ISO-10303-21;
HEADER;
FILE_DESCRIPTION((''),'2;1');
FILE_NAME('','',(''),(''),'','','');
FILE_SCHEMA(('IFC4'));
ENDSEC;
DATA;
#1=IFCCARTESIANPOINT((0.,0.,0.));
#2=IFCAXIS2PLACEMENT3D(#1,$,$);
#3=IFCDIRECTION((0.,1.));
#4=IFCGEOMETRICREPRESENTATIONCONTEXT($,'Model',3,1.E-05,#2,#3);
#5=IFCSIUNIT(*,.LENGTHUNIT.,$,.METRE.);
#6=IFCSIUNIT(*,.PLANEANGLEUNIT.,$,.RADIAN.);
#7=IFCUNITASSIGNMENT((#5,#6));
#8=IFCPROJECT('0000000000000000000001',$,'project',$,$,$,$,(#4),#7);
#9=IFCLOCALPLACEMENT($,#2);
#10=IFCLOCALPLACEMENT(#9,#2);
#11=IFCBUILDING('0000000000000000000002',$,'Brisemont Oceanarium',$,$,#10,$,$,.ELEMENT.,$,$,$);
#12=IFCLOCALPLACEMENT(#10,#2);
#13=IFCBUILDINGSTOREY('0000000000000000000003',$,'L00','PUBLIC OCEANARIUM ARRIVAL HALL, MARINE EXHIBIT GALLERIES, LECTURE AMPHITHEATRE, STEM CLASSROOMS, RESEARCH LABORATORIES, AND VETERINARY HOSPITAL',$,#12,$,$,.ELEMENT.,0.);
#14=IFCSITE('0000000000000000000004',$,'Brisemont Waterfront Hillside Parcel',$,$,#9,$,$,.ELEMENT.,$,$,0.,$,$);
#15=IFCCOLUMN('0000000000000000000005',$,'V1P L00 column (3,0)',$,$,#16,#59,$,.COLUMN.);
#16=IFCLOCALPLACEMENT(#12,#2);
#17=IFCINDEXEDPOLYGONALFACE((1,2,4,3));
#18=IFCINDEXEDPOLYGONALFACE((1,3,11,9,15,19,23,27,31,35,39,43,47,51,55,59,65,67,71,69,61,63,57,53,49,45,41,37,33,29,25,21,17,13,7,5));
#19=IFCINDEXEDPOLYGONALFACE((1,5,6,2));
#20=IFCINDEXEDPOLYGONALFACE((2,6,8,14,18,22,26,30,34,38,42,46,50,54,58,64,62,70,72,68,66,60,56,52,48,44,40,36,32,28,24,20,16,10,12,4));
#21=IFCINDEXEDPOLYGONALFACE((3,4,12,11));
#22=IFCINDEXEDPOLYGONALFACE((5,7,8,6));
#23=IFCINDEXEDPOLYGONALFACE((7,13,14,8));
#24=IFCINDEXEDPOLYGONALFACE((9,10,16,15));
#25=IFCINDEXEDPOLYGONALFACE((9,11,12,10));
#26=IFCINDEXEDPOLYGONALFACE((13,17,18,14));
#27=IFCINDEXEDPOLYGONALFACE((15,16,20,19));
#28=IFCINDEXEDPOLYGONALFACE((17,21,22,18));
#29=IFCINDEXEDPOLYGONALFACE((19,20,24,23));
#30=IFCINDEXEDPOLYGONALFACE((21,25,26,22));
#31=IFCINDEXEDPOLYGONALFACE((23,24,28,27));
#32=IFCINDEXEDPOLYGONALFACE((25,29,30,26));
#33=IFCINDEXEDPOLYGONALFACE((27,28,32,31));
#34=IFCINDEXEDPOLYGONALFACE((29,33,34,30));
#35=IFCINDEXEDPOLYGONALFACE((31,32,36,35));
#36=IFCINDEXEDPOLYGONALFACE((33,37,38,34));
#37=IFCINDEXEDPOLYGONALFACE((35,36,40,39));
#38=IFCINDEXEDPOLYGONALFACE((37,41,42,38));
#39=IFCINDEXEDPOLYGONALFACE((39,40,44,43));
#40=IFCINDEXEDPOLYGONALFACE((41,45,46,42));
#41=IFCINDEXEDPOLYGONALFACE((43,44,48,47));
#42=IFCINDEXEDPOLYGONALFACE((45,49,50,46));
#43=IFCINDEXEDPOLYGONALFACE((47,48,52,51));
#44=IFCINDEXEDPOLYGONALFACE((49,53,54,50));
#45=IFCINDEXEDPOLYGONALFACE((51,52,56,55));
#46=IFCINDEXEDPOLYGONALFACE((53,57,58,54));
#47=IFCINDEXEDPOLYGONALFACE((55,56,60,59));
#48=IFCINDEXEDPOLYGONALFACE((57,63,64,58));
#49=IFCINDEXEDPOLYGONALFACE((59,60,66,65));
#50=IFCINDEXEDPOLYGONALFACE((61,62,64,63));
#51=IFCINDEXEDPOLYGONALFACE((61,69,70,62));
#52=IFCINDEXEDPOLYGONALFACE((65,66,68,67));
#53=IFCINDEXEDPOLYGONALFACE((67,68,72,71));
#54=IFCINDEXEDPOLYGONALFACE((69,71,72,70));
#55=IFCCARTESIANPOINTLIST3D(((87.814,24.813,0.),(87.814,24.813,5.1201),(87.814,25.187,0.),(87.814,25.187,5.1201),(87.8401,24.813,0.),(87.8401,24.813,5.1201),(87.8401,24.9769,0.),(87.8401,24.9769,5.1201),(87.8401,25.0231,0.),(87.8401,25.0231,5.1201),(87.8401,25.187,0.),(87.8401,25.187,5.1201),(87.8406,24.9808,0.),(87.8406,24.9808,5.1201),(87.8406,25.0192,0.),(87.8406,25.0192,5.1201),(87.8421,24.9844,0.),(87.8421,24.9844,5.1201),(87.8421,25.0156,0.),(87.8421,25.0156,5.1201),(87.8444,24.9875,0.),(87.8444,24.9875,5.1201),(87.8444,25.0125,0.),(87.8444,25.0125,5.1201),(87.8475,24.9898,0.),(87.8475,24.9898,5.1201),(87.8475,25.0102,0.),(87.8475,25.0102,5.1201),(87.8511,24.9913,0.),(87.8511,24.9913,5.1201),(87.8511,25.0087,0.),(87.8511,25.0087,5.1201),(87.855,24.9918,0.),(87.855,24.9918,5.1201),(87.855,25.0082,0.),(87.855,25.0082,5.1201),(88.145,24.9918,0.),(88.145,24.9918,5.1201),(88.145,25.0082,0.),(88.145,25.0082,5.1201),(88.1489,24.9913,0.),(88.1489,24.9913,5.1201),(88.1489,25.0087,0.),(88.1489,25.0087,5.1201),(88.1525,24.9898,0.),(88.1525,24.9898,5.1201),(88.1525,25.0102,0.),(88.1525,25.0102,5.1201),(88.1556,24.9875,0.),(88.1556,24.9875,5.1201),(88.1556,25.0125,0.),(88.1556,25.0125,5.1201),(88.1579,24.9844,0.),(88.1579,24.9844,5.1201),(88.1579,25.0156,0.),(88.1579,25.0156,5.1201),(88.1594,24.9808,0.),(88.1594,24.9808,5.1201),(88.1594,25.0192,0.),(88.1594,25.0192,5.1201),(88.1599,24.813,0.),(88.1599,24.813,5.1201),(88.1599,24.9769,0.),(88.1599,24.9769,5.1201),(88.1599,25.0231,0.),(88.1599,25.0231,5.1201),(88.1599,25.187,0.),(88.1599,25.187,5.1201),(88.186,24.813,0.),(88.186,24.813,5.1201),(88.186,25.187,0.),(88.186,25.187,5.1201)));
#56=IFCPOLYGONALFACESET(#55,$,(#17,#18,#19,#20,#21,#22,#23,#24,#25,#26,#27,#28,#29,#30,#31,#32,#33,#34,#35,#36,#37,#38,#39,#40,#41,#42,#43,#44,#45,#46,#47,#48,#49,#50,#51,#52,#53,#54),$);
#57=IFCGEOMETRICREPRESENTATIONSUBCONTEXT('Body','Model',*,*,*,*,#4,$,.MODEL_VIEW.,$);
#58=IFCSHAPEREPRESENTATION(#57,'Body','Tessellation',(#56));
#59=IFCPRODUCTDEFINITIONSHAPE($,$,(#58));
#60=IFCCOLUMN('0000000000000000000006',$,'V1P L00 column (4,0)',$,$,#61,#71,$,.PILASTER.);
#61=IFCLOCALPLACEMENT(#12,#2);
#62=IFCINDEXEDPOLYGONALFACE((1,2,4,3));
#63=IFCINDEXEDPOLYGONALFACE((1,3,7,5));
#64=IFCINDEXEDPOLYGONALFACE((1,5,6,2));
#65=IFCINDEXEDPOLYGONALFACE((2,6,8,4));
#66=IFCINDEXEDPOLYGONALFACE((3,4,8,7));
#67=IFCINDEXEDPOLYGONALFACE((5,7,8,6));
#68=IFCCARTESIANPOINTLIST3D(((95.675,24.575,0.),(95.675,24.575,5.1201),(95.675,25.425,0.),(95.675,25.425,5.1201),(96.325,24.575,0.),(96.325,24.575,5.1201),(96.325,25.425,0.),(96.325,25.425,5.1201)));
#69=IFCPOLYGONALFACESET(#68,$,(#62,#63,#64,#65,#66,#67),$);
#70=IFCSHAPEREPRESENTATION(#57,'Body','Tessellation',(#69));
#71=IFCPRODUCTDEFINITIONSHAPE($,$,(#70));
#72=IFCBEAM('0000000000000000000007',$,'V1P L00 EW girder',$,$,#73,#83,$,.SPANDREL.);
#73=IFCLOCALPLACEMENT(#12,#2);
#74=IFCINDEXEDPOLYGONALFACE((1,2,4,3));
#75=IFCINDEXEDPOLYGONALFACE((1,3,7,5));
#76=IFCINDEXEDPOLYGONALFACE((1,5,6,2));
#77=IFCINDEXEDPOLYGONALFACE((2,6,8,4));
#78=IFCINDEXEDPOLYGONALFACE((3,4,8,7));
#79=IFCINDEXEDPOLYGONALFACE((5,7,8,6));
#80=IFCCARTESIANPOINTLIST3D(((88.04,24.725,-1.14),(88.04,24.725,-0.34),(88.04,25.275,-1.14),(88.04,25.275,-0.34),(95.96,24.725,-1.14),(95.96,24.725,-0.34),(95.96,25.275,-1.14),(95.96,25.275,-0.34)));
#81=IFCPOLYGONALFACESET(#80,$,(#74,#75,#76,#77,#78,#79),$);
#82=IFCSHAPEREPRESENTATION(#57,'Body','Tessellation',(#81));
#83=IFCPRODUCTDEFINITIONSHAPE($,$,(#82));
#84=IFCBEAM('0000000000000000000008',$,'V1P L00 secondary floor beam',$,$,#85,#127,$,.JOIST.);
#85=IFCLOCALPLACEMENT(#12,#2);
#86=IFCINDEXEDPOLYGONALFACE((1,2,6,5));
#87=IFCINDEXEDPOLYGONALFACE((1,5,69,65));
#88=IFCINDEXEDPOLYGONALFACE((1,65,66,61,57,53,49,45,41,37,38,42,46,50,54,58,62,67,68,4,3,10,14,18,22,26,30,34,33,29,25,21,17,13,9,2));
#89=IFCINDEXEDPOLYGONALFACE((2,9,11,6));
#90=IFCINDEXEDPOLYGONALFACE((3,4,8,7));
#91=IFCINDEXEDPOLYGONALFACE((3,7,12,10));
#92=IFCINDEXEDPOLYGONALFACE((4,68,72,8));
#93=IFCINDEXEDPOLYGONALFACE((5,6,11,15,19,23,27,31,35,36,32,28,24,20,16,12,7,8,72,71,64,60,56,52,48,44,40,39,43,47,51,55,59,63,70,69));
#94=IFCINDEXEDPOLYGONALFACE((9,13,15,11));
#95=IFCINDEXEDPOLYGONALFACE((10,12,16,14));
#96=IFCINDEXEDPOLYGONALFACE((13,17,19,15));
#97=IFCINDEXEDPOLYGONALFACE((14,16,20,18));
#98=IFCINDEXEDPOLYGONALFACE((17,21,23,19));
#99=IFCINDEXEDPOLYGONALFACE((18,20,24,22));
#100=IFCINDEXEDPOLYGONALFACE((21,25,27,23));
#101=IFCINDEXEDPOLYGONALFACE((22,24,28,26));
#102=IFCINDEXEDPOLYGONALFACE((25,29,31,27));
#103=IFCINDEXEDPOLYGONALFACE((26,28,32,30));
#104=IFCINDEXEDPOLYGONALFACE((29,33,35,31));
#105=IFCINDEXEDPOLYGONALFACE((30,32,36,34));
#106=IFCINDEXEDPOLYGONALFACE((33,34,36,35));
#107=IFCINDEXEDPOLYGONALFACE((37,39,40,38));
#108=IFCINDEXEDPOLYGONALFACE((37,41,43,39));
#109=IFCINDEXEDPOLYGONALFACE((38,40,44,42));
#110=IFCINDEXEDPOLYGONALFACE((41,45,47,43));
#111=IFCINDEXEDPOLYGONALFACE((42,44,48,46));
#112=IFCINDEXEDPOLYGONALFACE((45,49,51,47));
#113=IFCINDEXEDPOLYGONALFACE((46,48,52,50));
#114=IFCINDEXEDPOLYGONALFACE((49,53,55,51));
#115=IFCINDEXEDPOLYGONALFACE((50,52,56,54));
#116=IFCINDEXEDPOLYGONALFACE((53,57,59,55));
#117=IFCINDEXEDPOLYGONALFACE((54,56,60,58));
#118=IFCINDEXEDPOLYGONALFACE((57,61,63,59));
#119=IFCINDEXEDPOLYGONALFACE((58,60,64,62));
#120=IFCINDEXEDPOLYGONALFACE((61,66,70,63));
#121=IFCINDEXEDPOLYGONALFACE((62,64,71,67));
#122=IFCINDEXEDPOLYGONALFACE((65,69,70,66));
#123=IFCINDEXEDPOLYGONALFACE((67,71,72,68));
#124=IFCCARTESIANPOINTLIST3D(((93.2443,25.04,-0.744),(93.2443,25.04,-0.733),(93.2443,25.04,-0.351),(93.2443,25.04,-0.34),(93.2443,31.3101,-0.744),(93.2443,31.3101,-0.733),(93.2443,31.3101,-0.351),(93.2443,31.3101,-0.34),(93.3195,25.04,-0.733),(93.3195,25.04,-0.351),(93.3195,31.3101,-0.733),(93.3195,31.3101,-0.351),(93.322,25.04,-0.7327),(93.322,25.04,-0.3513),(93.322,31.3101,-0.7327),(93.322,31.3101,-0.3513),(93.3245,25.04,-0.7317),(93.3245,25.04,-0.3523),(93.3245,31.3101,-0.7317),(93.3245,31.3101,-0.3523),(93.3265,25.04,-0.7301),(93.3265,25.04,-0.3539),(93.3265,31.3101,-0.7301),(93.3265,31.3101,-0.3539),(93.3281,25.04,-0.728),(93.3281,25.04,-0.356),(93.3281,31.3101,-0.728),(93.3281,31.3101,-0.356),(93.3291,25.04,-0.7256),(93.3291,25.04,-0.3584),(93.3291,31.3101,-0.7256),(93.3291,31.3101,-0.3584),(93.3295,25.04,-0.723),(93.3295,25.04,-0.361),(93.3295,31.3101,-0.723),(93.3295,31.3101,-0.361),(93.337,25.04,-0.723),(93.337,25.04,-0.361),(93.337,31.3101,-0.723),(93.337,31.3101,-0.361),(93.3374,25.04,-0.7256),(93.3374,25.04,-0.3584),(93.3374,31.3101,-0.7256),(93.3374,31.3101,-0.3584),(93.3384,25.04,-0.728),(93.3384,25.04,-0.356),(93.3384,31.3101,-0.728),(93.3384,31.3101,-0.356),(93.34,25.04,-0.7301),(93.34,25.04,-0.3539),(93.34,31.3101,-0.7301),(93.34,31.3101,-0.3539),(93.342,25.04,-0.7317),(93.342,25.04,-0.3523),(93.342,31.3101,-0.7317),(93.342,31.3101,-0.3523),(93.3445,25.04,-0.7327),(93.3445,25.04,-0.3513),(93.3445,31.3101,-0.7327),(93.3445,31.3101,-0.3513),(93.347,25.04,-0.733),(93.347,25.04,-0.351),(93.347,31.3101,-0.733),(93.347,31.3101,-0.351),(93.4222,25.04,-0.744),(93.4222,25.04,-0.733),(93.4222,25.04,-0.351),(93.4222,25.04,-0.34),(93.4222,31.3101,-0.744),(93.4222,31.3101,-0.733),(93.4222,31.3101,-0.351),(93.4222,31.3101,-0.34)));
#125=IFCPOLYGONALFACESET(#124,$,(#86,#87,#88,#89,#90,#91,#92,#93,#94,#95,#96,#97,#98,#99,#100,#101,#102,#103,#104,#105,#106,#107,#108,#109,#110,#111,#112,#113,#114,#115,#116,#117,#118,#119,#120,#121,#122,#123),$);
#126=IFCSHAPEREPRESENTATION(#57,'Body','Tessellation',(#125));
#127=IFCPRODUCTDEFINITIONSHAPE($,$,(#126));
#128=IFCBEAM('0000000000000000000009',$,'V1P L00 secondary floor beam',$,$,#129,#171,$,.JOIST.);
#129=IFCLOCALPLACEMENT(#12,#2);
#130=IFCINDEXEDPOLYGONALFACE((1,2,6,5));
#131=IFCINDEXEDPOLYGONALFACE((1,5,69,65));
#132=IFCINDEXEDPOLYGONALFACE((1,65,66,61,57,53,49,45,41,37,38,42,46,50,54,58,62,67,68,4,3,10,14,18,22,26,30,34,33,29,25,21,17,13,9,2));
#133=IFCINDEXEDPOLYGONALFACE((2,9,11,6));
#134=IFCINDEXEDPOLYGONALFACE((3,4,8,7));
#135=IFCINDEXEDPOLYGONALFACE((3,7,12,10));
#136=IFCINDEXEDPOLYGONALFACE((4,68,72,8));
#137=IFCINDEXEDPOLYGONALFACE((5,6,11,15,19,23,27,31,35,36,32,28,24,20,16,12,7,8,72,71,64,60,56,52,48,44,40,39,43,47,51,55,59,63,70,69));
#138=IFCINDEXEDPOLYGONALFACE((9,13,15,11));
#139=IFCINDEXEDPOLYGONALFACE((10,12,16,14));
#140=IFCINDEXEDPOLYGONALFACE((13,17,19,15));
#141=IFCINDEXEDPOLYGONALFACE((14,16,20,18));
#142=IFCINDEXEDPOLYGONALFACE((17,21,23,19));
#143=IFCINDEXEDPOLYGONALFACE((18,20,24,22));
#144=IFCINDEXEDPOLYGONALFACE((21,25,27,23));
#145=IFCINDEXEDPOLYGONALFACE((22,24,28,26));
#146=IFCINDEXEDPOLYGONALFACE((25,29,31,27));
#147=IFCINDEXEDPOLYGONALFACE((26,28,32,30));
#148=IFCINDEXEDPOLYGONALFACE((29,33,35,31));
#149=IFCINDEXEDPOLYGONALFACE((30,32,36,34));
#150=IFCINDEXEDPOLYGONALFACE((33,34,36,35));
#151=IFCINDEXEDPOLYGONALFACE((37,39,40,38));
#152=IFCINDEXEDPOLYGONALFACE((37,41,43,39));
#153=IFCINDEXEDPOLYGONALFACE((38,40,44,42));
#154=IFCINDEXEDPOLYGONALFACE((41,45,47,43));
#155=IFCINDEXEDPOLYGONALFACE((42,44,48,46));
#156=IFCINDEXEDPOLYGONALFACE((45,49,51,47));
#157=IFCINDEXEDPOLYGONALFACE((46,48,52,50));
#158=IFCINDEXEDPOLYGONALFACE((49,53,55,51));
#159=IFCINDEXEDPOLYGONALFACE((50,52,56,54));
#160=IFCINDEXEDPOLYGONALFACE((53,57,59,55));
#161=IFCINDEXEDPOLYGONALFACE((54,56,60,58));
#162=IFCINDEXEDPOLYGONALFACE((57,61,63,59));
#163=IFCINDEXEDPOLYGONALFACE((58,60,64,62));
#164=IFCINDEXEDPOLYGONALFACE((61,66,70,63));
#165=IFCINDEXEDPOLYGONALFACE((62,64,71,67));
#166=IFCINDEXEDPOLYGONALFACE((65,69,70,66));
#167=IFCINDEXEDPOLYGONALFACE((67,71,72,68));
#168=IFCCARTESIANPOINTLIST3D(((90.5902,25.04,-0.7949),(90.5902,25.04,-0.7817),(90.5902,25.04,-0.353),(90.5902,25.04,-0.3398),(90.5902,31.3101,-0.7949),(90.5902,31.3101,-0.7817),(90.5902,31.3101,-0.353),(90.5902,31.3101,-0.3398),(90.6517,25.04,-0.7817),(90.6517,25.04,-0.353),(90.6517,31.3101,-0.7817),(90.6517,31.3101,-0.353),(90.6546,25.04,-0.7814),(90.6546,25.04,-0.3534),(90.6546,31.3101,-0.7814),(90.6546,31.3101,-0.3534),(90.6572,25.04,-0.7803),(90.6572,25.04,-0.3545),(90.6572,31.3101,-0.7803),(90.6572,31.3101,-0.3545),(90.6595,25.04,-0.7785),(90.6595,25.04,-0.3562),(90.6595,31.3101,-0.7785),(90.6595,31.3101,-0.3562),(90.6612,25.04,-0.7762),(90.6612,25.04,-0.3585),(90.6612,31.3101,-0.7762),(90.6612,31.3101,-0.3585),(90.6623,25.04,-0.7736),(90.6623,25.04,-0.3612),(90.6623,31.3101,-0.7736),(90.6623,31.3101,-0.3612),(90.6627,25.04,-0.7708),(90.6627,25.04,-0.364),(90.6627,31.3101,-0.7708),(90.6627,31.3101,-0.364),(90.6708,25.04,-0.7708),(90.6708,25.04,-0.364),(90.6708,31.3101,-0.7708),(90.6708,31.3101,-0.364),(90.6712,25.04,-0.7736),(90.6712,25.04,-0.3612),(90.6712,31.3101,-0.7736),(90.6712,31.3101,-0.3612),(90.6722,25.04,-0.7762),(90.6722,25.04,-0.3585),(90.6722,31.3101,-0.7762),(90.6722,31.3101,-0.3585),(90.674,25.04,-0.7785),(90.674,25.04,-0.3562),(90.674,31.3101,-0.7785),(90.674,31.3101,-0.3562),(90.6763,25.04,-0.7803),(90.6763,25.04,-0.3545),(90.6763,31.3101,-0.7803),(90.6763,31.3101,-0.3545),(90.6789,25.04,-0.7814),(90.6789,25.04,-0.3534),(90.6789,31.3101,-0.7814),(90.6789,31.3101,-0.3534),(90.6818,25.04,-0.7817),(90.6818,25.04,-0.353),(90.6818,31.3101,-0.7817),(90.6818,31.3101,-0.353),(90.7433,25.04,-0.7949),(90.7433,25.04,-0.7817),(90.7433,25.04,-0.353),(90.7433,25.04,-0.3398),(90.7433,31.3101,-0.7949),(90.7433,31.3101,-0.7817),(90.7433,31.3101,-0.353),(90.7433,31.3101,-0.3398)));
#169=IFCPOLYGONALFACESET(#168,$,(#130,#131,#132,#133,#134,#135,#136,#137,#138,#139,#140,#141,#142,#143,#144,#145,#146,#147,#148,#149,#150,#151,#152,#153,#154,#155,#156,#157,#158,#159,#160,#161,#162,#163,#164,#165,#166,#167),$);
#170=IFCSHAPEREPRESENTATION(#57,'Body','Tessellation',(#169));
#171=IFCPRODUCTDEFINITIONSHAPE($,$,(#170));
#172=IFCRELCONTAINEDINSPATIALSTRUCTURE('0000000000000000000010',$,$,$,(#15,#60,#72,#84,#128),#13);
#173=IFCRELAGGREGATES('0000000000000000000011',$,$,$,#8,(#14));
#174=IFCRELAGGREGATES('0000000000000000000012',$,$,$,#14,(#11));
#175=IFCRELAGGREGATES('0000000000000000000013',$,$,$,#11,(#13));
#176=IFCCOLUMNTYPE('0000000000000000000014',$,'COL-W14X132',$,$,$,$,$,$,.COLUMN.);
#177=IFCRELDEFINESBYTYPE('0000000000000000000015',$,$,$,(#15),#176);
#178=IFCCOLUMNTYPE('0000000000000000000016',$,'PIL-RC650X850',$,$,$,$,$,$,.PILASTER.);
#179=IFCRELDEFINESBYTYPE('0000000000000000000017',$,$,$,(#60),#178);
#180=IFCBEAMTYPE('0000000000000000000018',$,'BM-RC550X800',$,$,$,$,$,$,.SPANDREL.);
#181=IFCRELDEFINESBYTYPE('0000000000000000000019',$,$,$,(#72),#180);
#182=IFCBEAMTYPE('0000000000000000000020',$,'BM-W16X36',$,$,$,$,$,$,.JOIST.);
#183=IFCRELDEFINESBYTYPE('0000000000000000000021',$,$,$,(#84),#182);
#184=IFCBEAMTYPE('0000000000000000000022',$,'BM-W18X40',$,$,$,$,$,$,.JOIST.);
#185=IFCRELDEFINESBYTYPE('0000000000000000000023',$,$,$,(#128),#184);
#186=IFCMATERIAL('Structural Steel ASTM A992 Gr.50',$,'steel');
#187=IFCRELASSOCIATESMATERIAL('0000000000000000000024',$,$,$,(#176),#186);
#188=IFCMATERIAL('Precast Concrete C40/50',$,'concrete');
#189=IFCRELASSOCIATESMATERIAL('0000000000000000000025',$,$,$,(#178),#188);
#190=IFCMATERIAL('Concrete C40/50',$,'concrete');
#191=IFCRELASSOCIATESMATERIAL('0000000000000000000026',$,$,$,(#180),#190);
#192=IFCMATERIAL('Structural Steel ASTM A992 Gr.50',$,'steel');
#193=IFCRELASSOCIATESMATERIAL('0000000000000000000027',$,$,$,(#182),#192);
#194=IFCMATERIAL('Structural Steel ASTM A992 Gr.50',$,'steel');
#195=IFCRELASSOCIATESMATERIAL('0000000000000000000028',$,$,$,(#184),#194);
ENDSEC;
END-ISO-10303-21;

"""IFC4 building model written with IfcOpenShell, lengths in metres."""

from ifc_helpers import new_model, si_unit, direction, frame, origin, origin_2d, place, context, subcontext, project, spatial, rectangle, i_section, extrude, material, material_profile, profile_set, type_object, element, save


model = new_model("IFC4")

# Units and contexts
model_context = context("Model", 3, precision=1e-05, world=origin(), true_north=direction((0.0, 1.0)))
body_context = subcontext(model_context, "Body", "Model", "MODEL_VIEW")
ifc_project = project(units=[si_unit("LENGTHUNIT", "METRE"), si_unit("PLANEANGLEUNIT", "RADIAN")], contexts=[model_context])

# Site, building, storey
site_placement = place(None, origin())
site = spatial("IfcSite", under=ifc_project, at=site_placement, Name="Brisemont Waterfront Hillside Parcel", CompositionType="ELEMENT", RefElevation=0.0)
building_placement = place(site_placement, origin())
building = spatial("IfcBuilding", under=site, at=building_placement, Name="Brisemont Oceanarium", CompositionType="ELEMENT")
storey_placement = place(building_placement, origin())
storey = spatial("IfcBuildingStorey", under=building, at=storey_placement, Name="L00", Description="PUBLIC OCEANARIUM ARRIVAL HALL, MARINE EXHIBIT GALLERIES, LECTURE AMPHITHEATRE, STEM CLASSROOMS, RESEARCH LABORATORIES, AND VETERINARY HOSPITAL", CompositionType="ELEMENT", Elevation=0.0)

# Columns
ifc_material_1 = material(Name="Structural Steel ASTM A992 Gr.50", Category="steel")
ifc_material_profile_1 = material_profile(ifc_material_1, i_section(OverallWidth=0.374, OverallDepth=0.3721, WebThickness=0.0164, FlangeThickness=0.0261, FilletRadius=0.0149, at=origin_2d()), Name="W14X132")
ifc_profile_set_1 = profile_set([ifc_material_profile_1], Name="Structural Steel ASTM A992 Gr.50")
column_type_1 = type_object("IfcColumnType", Name="COL-W14X132", PredefinedType="COLUMN", material=ifc_profile_set_1)
column_1_placement = place(storey_placement, frame((88.0, 25.0, 0.0), z_axis=(0.0, 0.0, 1.0), x_axis=(0.0, 1.0, 0.0)))
element("IfcColumn", 1, at=column_1_placement, inside=storey, type_object=column_type_1, Name="V1P L00 column (3,0)", PredefinedType="COLUMN", context=body_context, shape_type="SweptSolid", body=[
    extrude(i_section(OverallWidth=0.374, OverallDepth=0.3721, WebThickness=0.0164, FlangeThickness=0.0261, FilletRadius=0.0149, at=origin_2d()), origin(), (0.0, 0.0, 1.0), 5.1201),
])
ifc_material_2 = material(Name="Precast Concrete C40/50", Category="concrete")
ifc_material_profile_2 = material_profile(ifc_material_2, rectangle(XDim=0.6499, YDim=0.8501, at=origin_2d()), Name="RC-PIL-650X850")
ifc_profile_set_2 = profile_set([ifc_material_profile_2], Name="Precast Concrete C40/50")
column_type_2 = type_object("IfcColumnType", Name="PIL-RC650X850", PredefinedType="PILASTER", material=ifc_profile_set_2)
column_2_placement = place(storey_placement, frame((96.0, 25.0, 0.0), z_axis=(0.0, 0.0, 1.0), x_axis=(1.0, 0.0, 0.0)))
element("IfcColumn", 2, at=column_2_placement, inside=storey, type_object=column_type_2, Name="V1P L00 column (4,0)", PredefinedType="PILASTER", context=body_context, shape_type="SweptSolid", body=[
    extrude(rectangle(XDim=0.6499, YDim=0.8501, at=origin_2d()), origin(), (0.0, 0.0, 1.0), 5.1201),
])

# Beams
ifc_material_3 = material(Name="Concrete C40/50", Category="concrete")
ifc_material_profile_3 = material_profile(ifc_material_3, rectangle(XDim=0.55, YDim=0.8, at=origin_2d()), Name="RC-BM-550X800")
ifc_profile_set_3 = profile_set([ifc_material_profile_3], Name="Concrete C40/50")
beam_type_1 = type_object("IfcBeamType", Name="BM-RC550X800", PredefinedType="SPANDREL", material=ifc_profile_set_3)
beam_1_placement = place(storey_placement, frame((88.04, 25.0, -0.74), z_axis=(1.0, 0.0, 0.0), x_axis=(0.0, 1.0, 0.0)))
element("IfcBeam", 3, at=beam_1_placement, inside=storey, type_object=beam_type_1, Name="V1P L00 EW girder", PredefinedType="SPANDREL", context=body_context, shape_type="SweptSolid", body=[
    extrude(rectangle(XDim=0.55, YDim=0.8, at=origin_2d()), origin(), (0.0, 0.0, 1.0), 7.9199),
])
ifc_material_4 = material(Name="Structural Steel ASTM A992 Gr.50", Category="steel")
ifc_material_profile_4 = material_profile(ifc_material_4, i_section(OverallWidth=0.178, OverallDepth=0.4041, WebThickness=0.0076, FlangeThickness=0.011, FilletRadius=0.01, at=origin_2d()), Name="W16X36")
ifc_profile_set_4 = profile_set([ifc_material_profile_4], Name="Structural Steel ASTM A992 Gr.50")
beam_type_2 = type_object("IfcBeamType", Name="BM-W16X36", PredefinedType="JOIST", material=ifc_profile_set_4)
beam_2_placement = place(storey_placement, frame((93.3333, 25.04, -0.542), z_axis=(0.0, 1.0, 0.0), x_axis=(-1.0, 0.0, 0.0)))
element("IfcBeam", 4, at=beam_2_placement, inside=storey, type_object=beam_type_2, Name="V1P L00 secondary floor beam", PredefinedType="JOIST", context=body_context, shape_type="SweptSolid", body=[
    extrude(i_section(OverallWidth=0.178, OverallDepth=0.4041, WebThickness=0.0076, FlangeThickness=0.011, FilletRadius=0.01, at=origin_2d()), origin(), (0.0, 0.0, 1.0), 6.27),
])
ifc_material_5 = material(Name="Structural Steel ASTM A992 Gr.50", Category="steel")
ifc_material_profile_5 = material_profile(ifc_material_5, i_section(OverallWidth=0.1531, OverallDepth=0.4551, WebThickness=0.0081, FlangeThickness=0.0132, FilletRadius=0.011, at=origin_2d()), Name="W18X40")
ifc_profile_set_5 = profile_set([ifc_material_profile_5], Name="Structural Steel ASTM A992 Gr.50")
beam_type_3 = type_object("IfcBeamType", Name="BM-W18X40", PredefinedType="JOIST", material=ifc_profile_set_5)
beam_3_placement = place(storey_placement, frame((90.6667, 25.04, -0.5674), z_axis=(0.0, 1.0, 0.0), x_axis=(-1.0, 0.0, 0.0)))
element("IfcBeam", 5, at=beam_3_placement, inside=storey, type_object=beam_type_3, Name="V1P L00 secondary floor beam", PredefinedType="JOIST", context=body_context, shape_type="SweptSolid", body=[
    extrude(i_section(OverallWidth=0.1531, OverallDepth=0.4551, WebThickness=0.0081, FlangeThickness=0.0132, FilletRadius=0.011, at=origin_2d()), origin(), (0.0, 0.0, 1.0), 6.27),
])

save(model, "model.ifc")
